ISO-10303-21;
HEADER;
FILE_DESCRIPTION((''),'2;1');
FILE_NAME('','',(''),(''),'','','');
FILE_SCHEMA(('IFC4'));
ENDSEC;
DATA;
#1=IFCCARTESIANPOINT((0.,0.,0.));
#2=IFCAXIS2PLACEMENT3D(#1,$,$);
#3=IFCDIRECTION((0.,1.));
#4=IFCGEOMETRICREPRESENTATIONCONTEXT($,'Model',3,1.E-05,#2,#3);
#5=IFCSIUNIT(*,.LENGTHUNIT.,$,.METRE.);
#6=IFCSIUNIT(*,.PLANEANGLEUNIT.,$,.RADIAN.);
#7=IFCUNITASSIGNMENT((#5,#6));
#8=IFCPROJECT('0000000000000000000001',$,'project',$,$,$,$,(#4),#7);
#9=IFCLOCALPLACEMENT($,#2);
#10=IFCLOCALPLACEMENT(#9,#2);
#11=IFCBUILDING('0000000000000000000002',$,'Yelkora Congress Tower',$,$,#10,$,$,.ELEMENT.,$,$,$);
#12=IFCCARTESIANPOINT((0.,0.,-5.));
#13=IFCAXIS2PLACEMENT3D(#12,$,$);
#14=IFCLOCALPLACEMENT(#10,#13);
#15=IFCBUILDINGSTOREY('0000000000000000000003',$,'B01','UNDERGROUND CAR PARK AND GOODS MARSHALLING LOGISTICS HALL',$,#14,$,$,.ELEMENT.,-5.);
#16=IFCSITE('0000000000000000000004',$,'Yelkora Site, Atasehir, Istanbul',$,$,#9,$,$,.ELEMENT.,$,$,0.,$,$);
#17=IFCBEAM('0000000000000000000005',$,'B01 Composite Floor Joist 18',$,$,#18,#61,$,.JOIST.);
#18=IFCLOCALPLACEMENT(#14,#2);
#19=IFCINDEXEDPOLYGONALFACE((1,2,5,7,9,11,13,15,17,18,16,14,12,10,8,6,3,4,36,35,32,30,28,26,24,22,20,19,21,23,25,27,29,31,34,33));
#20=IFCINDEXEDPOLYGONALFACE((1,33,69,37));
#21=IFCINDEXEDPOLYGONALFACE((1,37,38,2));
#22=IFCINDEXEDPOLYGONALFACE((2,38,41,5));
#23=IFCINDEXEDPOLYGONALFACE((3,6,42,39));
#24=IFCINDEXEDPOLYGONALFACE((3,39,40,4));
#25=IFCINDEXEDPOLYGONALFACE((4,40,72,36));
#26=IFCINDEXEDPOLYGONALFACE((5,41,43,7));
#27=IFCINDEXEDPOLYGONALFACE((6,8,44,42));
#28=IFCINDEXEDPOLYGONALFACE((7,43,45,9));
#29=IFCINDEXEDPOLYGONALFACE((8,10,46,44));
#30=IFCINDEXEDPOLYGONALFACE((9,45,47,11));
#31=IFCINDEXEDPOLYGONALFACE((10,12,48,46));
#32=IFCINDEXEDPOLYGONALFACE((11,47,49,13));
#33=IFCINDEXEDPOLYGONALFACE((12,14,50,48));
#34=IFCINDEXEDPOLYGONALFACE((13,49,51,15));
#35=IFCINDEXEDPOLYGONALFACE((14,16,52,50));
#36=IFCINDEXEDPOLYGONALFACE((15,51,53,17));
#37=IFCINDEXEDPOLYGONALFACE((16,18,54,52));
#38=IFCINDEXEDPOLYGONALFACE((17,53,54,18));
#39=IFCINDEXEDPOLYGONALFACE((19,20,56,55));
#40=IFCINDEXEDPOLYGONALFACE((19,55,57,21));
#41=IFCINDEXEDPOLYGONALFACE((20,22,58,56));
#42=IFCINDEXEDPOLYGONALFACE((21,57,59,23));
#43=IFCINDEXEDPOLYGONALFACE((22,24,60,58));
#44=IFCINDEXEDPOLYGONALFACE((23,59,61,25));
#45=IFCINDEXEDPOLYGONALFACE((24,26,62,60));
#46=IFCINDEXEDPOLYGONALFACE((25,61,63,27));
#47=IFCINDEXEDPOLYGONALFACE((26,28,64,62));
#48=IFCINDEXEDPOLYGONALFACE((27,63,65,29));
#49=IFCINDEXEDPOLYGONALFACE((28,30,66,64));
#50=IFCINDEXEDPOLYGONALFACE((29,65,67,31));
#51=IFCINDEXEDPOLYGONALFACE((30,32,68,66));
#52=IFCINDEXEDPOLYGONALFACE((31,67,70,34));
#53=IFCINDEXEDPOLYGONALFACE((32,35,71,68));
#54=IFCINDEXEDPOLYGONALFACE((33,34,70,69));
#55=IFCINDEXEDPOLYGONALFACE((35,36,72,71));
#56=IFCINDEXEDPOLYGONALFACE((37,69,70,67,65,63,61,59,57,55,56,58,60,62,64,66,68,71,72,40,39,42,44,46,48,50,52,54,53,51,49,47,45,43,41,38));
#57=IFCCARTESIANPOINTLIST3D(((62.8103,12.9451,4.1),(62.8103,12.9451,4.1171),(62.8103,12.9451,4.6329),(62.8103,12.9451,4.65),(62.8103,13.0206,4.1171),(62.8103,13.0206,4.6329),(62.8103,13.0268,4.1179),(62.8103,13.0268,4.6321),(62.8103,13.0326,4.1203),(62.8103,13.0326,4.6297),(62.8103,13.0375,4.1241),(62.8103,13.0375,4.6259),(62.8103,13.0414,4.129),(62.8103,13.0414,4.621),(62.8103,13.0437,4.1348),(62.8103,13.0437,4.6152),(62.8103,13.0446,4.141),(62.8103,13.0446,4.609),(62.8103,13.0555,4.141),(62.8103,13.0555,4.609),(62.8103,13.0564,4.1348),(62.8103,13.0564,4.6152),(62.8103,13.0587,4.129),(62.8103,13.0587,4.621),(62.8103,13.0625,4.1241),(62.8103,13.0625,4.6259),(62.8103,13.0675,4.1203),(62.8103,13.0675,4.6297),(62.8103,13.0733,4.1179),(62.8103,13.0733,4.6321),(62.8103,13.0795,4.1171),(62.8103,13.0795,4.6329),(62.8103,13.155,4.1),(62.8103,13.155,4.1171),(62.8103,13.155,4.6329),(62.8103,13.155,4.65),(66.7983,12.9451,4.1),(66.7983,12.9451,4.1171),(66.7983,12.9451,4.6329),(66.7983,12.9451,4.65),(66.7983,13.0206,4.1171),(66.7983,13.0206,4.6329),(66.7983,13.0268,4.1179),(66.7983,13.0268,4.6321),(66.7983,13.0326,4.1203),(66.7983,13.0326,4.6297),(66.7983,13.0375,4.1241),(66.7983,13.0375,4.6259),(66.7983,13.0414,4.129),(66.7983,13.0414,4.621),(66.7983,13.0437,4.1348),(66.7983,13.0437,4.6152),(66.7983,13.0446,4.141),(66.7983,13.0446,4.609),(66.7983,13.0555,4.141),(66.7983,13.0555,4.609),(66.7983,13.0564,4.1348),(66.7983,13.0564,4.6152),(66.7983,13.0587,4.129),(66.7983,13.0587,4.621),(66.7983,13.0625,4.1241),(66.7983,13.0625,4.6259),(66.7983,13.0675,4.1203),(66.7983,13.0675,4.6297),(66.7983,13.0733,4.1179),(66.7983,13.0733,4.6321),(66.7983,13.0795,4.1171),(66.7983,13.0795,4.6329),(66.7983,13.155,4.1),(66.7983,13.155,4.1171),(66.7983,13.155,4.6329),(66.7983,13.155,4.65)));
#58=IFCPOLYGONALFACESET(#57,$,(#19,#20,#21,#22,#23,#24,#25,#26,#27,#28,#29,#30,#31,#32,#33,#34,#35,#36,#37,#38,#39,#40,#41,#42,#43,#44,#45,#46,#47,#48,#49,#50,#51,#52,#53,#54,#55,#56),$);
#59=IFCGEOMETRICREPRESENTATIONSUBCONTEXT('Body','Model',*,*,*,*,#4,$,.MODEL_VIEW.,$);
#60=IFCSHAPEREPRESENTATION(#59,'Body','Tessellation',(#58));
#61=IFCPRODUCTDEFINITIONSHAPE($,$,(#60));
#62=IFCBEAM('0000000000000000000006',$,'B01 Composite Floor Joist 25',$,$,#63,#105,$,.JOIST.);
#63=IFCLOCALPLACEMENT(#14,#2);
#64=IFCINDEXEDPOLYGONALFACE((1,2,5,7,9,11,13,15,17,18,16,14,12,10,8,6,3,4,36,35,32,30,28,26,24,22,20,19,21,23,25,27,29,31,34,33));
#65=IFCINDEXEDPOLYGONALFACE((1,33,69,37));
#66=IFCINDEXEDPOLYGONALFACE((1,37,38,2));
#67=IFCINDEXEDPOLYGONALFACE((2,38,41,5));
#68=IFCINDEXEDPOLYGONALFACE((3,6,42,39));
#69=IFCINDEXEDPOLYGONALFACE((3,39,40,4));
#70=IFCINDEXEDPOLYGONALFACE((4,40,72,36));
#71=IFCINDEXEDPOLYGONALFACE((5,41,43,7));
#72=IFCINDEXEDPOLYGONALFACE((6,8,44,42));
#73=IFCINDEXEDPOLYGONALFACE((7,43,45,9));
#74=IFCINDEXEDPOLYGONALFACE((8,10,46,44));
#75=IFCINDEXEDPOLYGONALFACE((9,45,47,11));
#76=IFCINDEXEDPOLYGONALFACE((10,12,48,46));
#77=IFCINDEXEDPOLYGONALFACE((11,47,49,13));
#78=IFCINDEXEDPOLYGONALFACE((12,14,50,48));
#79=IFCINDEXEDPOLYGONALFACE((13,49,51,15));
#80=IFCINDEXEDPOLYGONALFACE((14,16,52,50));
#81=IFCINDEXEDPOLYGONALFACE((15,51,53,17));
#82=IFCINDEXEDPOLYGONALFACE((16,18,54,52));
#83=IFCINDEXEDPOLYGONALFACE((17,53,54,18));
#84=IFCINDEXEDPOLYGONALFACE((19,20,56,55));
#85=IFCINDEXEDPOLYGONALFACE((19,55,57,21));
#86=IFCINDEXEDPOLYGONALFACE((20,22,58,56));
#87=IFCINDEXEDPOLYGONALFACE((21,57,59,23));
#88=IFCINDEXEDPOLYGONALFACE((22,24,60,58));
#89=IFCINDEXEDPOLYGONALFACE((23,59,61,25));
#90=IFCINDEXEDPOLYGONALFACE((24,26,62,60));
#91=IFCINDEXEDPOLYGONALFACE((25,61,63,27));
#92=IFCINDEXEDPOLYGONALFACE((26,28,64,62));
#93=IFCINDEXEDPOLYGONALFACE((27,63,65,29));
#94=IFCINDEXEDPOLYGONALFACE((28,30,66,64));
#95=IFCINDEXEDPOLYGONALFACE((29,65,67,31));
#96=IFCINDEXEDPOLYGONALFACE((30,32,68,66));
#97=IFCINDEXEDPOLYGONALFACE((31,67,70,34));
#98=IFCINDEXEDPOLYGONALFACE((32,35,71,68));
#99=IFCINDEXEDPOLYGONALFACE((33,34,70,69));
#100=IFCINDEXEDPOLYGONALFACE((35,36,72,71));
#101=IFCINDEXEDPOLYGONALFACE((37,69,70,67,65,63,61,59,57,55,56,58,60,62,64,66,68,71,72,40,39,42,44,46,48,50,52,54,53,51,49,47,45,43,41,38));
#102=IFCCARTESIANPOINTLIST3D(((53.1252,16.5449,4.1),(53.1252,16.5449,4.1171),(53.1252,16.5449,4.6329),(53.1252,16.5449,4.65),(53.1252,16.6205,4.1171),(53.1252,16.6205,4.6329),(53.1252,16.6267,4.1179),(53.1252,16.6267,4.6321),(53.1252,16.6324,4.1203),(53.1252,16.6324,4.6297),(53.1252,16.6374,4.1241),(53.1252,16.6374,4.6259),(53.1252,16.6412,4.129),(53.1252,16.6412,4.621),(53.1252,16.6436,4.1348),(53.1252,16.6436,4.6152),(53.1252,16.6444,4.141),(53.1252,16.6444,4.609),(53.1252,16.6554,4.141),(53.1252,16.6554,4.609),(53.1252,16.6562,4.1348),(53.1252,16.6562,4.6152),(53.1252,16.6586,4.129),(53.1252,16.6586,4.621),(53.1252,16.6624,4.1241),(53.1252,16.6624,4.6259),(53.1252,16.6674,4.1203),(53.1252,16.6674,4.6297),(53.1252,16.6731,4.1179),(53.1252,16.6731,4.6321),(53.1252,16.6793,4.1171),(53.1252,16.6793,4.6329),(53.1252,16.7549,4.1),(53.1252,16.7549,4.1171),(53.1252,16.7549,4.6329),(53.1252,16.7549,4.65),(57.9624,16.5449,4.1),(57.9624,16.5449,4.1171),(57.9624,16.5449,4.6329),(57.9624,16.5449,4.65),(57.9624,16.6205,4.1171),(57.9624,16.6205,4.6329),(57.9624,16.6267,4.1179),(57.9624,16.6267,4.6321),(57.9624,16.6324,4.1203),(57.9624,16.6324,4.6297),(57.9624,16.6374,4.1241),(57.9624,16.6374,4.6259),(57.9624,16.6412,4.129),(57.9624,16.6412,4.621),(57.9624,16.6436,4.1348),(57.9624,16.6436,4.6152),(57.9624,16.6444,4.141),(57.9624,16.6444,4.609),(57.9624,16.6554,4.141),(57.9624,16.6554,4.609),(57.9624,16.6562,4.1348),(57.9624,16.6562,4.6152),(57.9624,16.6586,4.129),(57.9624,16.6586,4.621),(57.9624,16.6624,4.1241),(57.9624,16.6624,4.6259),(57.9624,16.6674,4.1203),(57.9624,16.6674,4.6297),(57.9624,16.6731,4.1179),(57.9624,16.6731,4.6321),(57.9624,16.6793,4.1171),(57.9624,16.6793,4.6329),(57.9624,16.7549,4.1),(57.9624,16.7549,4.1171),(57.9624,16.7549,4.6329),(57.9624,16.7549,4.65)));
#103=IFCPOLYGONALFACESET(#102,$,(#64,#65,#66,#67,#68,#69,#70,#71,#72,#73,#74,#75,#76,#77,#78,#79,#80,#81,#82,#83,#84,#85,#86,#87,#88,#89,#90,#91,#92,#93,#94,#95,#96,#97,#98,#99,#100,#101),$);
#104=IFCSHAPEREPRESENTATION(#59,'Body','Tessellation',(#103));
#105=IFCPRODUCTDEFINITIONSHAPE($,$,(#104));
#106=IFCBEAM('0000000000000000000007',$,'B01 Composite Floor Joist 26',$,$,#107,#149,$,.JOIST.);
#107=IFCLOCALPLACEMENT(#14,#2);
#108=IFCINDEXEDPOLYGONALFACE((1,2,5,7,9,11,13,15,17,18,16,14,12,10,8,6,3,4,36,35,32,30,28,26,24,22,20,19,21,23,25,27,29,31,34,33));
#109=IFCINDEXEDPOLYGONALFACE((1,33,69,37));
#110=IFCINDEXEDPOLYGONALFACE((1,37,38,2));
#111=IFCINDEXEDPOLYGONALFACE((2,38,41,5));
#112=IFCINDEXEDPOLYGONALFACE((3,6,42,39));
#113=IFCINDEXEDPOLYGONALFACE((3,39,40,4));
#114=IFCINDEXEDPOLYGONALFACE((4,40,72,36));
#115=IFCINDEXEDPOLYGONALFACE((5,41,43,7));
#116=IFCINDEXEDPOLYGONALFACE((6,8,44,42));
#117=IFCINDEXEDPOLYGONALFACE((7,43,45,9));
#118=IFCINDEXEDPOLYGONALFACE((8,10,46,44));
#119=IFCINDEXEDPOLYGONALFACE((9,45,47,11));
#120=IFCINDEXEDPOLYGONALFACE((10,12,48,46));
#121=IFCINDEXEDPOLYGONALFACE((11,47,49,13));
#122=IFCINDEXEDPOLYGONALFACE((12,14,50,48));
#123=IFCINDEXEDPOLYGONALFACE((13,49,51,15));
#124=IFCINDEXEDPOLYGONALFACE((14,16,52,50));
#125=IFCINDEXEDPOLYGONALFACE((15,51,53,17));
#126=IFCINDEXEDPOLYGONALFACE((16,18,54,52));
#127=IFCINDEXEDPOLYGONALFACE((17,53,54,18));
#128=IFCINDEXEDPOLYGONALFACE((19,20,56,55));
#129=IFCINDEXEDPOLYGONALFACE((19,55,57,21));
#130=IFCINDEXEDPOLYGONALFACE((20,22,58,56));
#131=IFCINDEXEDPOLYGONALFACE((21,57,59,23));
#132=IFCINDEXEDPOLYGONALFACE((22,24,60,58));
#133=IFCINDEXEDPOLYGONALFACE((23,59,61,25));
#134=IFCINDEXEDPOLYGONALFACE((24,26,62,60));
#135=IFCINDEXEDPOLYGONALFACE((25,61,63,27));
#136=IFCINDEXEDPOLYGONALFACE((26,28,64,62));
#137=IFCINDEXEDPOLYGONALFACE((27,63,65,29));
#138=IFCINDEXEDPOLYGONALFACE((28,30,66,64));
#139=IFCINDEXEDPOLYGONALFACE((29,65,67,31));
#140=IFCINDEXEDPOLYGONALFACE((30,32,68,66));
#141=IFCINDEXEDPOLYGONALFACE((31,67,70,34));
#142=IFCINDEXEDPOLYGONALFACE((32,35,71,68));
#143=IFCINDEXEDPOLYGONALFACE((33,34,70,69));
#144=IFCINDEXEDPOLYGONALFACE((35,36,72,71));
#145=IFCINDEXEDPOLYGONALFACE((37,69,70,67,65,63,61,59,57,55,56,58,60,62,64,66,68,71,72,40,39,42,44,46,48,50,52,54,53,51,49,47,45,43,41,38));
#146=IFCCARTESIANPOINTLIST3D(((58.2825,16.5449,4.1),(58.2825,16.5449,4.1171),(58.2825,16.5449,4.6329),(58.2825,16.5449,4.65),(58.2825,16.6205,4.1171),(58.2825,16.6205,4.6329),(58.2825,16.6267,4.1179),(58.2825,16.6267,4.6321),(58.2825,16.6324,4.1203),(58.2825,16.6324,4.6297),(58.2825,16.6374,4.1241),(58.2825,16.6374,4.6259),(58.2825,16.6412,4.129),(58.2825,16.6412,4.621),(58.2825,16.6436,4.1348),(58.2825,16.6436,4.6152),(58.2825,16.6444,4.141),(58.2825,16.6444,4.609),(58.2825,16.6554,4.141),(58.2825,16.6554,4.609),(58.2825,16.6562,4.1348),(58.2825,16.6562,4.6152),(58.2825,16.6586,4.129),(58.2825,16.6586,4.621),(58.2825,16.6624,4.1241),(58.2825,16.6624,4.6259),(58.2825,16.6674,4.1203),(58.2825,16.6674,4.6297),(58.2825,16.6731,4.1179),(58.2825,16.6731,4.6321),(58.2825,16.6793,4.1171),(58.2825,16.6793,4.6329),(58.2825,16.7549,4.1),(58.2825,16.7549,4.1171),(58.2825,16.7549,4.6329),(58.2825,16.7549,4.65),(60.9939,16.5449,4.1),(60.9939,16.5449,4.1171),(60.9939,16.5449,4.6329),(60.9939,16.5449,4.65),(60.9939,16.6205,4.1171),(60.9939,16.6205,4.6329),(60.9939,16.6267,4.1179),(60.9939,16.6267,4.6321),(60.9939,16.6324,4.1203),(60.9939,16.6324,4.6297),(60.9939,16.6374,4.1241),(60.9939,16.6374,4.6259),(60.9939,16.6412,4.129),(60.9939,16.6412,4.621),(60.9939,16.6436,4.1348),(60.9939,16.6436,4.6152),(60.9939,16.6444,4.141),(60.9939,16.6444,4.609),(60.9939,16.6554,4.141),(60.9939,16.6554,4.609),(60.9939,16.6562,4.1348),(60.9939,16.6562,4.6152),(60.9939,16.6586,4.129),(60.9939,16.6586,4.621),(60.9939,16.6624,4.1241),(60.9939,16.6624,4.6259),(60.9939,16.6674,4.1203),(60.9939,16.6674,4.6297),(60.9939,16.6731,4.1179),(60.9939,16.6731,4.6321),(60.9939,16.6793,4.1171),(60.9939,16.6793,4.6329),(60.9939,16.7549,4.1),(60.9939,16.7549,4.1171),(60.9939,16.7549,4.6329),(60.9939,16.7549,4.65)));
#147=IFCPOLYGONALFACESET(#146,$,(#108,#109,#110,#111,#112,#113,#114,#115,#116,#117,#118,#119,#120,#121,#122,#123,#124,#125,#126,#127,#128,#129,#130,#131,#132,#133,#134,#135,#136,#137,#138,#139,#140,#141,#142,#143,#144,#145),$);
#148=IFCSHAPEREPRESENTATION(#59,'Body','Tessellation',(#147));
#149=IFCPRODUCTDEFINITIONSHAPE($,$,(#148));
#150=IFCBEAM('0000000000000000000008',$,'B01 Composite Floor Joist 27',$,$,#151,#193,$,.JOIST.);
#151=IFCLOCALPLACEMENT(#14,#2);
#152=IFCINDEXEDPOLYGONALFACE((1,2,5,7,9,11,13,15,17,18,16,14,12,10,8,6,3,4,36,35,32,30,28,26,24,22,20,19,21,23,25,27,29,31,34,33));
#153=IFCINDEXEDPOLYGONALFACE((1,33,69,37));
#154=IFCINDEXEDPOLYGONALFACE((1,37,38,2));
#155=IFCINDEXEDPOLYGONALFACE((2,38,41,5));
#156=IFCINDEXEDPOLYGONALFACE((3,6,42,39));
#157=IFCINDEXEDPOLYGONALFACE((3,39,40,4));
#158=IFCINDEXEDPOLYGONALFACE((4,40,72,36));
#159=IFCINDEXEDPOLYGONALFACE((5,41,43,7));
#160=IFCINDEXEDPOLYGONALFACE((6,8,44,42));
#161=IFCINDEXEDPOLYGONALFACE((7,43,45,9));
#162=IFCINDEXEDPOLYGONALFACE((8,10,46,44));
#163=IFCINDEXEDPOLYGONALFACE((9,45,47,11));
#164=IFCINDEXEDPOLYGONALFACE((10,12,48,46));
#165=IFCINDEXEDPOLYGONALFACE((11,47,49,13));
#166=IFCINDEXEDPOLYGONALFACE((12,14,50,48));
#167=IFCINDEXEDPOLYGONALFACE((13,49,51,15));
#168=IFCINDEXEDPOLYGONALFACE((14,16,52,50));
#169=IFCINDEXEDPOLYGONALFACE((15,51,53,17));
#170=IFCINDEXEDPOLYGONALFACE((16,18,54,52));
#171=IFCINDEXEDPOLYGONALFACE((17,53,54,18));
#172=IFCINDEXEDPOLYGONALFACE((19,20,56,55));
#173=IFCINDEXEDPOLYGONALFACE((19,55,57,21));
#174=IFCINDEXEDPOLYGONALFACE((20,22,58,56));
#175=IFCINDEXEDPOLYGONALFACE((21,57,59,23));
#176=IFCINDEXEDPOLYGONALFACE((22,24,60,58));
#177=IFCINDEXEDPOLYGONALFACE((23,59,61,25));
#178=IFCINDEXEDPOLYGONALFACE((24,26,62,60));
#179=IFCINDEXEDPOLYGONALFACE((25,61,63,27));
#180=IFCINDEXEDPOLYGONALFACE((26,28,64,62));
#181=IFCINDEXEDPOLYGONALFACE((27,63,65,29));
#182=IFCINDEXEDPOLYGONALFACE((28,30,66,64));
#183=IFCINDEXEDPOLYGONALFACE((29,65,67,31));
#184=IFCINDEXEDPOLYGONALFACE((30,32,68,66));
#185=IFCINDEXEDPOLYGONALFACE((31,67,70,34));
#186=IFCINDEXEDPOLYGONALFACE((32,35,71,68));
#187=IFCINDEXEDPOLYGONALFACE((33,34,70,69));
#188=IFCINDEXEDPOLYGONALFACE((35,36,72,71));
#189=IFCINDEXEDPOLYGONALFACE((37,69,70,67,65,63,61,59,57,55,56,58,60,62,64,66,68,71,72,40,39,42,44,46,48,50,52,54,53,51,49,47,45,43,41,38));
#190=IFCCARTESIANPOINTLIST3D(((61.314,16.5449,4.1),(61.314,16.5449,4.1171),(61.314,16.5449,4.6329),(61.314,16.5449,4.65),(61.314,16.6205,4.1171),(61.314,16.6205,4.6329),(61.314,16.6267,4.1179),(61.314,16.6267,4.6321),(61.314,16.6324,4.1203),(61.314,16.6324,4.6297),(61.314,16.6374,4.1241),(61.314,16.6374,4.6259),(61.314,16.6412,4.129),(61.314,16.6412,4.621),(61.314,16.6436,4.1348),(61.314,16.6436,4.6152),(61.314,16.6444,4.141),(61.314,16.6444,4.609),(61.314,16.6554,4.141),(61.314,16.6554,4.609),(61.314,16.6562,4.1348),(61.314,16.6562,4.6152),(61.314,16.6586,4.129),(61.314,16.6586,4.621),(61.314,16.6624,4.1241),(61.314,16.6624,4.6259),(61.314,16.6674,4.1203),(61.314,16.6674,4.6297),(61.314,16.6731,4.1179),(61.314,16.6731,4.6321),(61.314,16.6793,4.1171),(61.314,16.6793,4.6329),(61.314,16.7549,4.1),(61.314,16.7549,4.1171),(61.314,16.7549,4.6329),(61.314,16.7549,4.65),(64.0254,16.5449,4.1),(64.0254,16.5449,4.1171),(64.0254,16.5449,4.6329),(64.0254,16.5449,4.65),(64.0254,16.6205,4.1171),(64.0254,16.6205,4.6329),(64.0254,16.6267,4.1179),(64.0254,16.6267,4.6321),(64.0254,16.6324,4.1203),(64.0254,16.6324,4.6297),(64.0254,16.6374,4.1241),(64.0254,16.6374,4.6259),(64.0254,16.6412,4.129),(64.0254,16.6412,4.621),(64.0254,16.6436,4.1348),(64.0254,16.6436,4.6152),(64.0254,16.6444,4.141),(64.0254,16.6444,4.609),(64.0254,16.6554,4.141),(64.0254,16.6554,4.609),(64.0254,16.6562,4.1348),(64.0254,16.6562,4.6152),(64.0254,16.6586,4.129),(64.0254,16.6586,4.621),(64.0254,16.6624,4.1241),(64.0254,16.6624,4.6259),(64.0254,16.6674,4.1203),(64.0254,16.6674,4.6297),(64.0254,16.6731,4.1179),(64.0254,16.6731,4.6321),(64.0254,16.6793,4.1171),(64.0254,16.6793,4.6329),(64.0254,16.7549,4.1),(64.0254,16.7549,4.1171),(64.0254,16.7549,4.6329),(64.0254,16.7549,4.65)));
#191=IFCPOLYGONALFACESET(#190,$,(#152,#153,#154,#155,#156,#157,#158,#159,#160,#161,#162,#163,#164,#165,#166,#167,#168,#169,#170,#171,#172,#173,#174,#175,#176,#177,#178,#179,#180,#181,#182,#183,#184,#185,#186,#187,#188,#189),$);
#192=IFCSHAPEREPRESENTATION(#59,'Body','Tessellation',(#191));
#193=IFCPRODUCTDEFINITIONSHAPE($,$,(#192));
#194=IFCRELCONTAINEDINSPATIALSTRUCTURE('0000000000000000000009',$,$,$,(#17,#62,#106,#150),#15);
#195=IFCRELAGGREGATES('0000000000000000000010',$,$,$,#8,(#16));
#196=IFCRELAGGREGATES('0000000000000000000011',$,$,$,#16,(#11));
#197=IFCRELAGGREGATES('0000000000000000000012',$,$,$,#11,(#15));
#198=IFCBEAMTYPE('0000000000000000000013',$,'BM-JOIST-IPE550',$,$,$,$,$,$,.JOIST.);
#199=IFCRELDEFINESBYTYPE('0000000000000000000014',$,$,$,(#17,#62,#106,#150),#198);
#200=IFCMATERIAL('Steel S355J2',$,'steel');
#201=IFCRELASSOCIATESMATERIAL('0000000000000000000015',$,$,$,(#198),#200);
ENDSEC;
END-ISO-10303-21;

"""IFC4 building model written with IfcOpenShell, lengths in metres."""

from ifc_helpers import new_model, si_unit, direction, frame, origin, origin_2d, place, context, subcontext, project, spatial, i_section, extrude, material, material_profile, profile_set, type_object, element, save


model = new_model("IFC4")

# Units and contexts
model_context = context("Model", 3, precision=1e-05, world=origin(), true_north=direction((0.0, 1.0)))
body_context = subcontext(model_context, "Body", "Model", "MODEL_VIEW")
ifc_project = project(units=[si_unit("LENGTHUNIT", "METRE"), si_unit("PLANEANGLEUNIT", "RADIAN")], contexts=[model_context])

# Site, building, storey
site_placement = place(None, origin())
site = spatial("IfcSite", under=ifc_project, at=site_placement, Name="Yelkora Site, Atasehir, Istanbul", CompositionType="ELEMENT", RefElevation=0.0)
building_placement = place(site_placement, origin())
building = spatial("IfcBuilding", under=site, at=building_placement, Name="Yelkora Congress Tower", CompositionType="ELEMENT")
storey_placement = place(building_placement, frame((0.0, 0.0, -5.0)))
storey = spatial("IfcBuildingStorey", under=building, at=storey_placement, Name="B01", Description="UNDERGROUND CAR PARK AND GOODS MARSHALLING LOGISTICS HALL", CompositionType="ELEMENT", Elevation=-5.0)

# Beams
ifc_material_1 = material(Name="Steel S355J2", Category="steel")
ifc_material_profile_1 = material_profile(ifc_material_1, i_section(OverallWidth=0.21, OverallDepth=0.55, WebThickness=0.011, FlangeThickness=0.0171, FilletRadius=0.0239, at=origin_2d()), Name="IPE 550")
ifc_profile_set_1 = profile_set([ifc_material_profile_1], Name="Steel S355J2")
beam_type_1 = type_object("IfcBeamType", Name="BM-JOIST-IPE550", PredefinedType="JOIST", material=ifc_profile_set_1)
for number, where, z_axis, x_axis, name in (
    (1, (62.8103, 13.05, 4.375), (1.0, 0.0, 0.0), (0.0, 1.0, 0.0), "B01 Composite Floor Joist 18"),
):
    element("IfcBeam", number, at=place(storey_placement, frame(where, z_axis=z_axis, x_axis=x_axis)), inside=storey, type_object=beam_type_1, Name=name, PredefinedType="JOIST", context=body_context, shape_type="SweptSolid", body=[
        extrude(i_section(OverallWidth=0.21, OverallDepth=0.55, WebThickness=0.011, FlangeThickness=0.0171, FilletRadius=0.0239, at=origin_2d()), origin(), (0.0, 0.0, 1.0), 3.988),
    ])
beam_1_placement = place(storey_placement, frame((53.1252, 16.6499, 4.375), z_axis=(1.0, 0.0, 0.0), x_axis=(0.0, 1.0, 0.0)))
element("IfcBeam", 2, at=beam_1_placement, inside=storey, type_object=beam_type_1, Name="B01 Composite Floor Joist 25", PredefinedType="JOIST", context=body_context, shape_type="SweptSolid", body=[
    extrude(i_section(OverallWidth=0.21, OverallDepth=0.55, WebThickness=0.011, FlangeThickness=0.0171, FilletRadius=0.0239, at=origin_2d()), origin(), (0.0, 0.0, 1.0), 4.8372),
])
for number, where, z_axis, x_axis, name in (
    (3, (58.2825, 16.6499, 4.375), (1.0, 0.0, 0.0), (0.0, 1.0, 0.0), "B01 Composite Floor Joist 26"),
    (4, (61.314, 16.6499, 4.375), (1.0, 0.0, 0.0), (0.0, 1.0, 0.0), "B01 Composite Floor Joist 27"),
):
    element("IfcBeam", number, at=place(storey_placement, frame(where, z_axis=z_axis, x_axis=x_axis)), inside=storey, type_object=beam_type_1, Name=name, PredefinedType="JOIST", context=body_context, shape_type="SweptSolid", body=[
        extrude(i_section(OverallWidth=0.21, OverallDepth=0.55, WebThickness=0.011, FlangeThickness=0.0171, FilletRadius=0.0239, at=origin_2d()), origin(), (0.0, 0.0, 1.0), 2.7114),
    ])

save(model, "model.ifc")
